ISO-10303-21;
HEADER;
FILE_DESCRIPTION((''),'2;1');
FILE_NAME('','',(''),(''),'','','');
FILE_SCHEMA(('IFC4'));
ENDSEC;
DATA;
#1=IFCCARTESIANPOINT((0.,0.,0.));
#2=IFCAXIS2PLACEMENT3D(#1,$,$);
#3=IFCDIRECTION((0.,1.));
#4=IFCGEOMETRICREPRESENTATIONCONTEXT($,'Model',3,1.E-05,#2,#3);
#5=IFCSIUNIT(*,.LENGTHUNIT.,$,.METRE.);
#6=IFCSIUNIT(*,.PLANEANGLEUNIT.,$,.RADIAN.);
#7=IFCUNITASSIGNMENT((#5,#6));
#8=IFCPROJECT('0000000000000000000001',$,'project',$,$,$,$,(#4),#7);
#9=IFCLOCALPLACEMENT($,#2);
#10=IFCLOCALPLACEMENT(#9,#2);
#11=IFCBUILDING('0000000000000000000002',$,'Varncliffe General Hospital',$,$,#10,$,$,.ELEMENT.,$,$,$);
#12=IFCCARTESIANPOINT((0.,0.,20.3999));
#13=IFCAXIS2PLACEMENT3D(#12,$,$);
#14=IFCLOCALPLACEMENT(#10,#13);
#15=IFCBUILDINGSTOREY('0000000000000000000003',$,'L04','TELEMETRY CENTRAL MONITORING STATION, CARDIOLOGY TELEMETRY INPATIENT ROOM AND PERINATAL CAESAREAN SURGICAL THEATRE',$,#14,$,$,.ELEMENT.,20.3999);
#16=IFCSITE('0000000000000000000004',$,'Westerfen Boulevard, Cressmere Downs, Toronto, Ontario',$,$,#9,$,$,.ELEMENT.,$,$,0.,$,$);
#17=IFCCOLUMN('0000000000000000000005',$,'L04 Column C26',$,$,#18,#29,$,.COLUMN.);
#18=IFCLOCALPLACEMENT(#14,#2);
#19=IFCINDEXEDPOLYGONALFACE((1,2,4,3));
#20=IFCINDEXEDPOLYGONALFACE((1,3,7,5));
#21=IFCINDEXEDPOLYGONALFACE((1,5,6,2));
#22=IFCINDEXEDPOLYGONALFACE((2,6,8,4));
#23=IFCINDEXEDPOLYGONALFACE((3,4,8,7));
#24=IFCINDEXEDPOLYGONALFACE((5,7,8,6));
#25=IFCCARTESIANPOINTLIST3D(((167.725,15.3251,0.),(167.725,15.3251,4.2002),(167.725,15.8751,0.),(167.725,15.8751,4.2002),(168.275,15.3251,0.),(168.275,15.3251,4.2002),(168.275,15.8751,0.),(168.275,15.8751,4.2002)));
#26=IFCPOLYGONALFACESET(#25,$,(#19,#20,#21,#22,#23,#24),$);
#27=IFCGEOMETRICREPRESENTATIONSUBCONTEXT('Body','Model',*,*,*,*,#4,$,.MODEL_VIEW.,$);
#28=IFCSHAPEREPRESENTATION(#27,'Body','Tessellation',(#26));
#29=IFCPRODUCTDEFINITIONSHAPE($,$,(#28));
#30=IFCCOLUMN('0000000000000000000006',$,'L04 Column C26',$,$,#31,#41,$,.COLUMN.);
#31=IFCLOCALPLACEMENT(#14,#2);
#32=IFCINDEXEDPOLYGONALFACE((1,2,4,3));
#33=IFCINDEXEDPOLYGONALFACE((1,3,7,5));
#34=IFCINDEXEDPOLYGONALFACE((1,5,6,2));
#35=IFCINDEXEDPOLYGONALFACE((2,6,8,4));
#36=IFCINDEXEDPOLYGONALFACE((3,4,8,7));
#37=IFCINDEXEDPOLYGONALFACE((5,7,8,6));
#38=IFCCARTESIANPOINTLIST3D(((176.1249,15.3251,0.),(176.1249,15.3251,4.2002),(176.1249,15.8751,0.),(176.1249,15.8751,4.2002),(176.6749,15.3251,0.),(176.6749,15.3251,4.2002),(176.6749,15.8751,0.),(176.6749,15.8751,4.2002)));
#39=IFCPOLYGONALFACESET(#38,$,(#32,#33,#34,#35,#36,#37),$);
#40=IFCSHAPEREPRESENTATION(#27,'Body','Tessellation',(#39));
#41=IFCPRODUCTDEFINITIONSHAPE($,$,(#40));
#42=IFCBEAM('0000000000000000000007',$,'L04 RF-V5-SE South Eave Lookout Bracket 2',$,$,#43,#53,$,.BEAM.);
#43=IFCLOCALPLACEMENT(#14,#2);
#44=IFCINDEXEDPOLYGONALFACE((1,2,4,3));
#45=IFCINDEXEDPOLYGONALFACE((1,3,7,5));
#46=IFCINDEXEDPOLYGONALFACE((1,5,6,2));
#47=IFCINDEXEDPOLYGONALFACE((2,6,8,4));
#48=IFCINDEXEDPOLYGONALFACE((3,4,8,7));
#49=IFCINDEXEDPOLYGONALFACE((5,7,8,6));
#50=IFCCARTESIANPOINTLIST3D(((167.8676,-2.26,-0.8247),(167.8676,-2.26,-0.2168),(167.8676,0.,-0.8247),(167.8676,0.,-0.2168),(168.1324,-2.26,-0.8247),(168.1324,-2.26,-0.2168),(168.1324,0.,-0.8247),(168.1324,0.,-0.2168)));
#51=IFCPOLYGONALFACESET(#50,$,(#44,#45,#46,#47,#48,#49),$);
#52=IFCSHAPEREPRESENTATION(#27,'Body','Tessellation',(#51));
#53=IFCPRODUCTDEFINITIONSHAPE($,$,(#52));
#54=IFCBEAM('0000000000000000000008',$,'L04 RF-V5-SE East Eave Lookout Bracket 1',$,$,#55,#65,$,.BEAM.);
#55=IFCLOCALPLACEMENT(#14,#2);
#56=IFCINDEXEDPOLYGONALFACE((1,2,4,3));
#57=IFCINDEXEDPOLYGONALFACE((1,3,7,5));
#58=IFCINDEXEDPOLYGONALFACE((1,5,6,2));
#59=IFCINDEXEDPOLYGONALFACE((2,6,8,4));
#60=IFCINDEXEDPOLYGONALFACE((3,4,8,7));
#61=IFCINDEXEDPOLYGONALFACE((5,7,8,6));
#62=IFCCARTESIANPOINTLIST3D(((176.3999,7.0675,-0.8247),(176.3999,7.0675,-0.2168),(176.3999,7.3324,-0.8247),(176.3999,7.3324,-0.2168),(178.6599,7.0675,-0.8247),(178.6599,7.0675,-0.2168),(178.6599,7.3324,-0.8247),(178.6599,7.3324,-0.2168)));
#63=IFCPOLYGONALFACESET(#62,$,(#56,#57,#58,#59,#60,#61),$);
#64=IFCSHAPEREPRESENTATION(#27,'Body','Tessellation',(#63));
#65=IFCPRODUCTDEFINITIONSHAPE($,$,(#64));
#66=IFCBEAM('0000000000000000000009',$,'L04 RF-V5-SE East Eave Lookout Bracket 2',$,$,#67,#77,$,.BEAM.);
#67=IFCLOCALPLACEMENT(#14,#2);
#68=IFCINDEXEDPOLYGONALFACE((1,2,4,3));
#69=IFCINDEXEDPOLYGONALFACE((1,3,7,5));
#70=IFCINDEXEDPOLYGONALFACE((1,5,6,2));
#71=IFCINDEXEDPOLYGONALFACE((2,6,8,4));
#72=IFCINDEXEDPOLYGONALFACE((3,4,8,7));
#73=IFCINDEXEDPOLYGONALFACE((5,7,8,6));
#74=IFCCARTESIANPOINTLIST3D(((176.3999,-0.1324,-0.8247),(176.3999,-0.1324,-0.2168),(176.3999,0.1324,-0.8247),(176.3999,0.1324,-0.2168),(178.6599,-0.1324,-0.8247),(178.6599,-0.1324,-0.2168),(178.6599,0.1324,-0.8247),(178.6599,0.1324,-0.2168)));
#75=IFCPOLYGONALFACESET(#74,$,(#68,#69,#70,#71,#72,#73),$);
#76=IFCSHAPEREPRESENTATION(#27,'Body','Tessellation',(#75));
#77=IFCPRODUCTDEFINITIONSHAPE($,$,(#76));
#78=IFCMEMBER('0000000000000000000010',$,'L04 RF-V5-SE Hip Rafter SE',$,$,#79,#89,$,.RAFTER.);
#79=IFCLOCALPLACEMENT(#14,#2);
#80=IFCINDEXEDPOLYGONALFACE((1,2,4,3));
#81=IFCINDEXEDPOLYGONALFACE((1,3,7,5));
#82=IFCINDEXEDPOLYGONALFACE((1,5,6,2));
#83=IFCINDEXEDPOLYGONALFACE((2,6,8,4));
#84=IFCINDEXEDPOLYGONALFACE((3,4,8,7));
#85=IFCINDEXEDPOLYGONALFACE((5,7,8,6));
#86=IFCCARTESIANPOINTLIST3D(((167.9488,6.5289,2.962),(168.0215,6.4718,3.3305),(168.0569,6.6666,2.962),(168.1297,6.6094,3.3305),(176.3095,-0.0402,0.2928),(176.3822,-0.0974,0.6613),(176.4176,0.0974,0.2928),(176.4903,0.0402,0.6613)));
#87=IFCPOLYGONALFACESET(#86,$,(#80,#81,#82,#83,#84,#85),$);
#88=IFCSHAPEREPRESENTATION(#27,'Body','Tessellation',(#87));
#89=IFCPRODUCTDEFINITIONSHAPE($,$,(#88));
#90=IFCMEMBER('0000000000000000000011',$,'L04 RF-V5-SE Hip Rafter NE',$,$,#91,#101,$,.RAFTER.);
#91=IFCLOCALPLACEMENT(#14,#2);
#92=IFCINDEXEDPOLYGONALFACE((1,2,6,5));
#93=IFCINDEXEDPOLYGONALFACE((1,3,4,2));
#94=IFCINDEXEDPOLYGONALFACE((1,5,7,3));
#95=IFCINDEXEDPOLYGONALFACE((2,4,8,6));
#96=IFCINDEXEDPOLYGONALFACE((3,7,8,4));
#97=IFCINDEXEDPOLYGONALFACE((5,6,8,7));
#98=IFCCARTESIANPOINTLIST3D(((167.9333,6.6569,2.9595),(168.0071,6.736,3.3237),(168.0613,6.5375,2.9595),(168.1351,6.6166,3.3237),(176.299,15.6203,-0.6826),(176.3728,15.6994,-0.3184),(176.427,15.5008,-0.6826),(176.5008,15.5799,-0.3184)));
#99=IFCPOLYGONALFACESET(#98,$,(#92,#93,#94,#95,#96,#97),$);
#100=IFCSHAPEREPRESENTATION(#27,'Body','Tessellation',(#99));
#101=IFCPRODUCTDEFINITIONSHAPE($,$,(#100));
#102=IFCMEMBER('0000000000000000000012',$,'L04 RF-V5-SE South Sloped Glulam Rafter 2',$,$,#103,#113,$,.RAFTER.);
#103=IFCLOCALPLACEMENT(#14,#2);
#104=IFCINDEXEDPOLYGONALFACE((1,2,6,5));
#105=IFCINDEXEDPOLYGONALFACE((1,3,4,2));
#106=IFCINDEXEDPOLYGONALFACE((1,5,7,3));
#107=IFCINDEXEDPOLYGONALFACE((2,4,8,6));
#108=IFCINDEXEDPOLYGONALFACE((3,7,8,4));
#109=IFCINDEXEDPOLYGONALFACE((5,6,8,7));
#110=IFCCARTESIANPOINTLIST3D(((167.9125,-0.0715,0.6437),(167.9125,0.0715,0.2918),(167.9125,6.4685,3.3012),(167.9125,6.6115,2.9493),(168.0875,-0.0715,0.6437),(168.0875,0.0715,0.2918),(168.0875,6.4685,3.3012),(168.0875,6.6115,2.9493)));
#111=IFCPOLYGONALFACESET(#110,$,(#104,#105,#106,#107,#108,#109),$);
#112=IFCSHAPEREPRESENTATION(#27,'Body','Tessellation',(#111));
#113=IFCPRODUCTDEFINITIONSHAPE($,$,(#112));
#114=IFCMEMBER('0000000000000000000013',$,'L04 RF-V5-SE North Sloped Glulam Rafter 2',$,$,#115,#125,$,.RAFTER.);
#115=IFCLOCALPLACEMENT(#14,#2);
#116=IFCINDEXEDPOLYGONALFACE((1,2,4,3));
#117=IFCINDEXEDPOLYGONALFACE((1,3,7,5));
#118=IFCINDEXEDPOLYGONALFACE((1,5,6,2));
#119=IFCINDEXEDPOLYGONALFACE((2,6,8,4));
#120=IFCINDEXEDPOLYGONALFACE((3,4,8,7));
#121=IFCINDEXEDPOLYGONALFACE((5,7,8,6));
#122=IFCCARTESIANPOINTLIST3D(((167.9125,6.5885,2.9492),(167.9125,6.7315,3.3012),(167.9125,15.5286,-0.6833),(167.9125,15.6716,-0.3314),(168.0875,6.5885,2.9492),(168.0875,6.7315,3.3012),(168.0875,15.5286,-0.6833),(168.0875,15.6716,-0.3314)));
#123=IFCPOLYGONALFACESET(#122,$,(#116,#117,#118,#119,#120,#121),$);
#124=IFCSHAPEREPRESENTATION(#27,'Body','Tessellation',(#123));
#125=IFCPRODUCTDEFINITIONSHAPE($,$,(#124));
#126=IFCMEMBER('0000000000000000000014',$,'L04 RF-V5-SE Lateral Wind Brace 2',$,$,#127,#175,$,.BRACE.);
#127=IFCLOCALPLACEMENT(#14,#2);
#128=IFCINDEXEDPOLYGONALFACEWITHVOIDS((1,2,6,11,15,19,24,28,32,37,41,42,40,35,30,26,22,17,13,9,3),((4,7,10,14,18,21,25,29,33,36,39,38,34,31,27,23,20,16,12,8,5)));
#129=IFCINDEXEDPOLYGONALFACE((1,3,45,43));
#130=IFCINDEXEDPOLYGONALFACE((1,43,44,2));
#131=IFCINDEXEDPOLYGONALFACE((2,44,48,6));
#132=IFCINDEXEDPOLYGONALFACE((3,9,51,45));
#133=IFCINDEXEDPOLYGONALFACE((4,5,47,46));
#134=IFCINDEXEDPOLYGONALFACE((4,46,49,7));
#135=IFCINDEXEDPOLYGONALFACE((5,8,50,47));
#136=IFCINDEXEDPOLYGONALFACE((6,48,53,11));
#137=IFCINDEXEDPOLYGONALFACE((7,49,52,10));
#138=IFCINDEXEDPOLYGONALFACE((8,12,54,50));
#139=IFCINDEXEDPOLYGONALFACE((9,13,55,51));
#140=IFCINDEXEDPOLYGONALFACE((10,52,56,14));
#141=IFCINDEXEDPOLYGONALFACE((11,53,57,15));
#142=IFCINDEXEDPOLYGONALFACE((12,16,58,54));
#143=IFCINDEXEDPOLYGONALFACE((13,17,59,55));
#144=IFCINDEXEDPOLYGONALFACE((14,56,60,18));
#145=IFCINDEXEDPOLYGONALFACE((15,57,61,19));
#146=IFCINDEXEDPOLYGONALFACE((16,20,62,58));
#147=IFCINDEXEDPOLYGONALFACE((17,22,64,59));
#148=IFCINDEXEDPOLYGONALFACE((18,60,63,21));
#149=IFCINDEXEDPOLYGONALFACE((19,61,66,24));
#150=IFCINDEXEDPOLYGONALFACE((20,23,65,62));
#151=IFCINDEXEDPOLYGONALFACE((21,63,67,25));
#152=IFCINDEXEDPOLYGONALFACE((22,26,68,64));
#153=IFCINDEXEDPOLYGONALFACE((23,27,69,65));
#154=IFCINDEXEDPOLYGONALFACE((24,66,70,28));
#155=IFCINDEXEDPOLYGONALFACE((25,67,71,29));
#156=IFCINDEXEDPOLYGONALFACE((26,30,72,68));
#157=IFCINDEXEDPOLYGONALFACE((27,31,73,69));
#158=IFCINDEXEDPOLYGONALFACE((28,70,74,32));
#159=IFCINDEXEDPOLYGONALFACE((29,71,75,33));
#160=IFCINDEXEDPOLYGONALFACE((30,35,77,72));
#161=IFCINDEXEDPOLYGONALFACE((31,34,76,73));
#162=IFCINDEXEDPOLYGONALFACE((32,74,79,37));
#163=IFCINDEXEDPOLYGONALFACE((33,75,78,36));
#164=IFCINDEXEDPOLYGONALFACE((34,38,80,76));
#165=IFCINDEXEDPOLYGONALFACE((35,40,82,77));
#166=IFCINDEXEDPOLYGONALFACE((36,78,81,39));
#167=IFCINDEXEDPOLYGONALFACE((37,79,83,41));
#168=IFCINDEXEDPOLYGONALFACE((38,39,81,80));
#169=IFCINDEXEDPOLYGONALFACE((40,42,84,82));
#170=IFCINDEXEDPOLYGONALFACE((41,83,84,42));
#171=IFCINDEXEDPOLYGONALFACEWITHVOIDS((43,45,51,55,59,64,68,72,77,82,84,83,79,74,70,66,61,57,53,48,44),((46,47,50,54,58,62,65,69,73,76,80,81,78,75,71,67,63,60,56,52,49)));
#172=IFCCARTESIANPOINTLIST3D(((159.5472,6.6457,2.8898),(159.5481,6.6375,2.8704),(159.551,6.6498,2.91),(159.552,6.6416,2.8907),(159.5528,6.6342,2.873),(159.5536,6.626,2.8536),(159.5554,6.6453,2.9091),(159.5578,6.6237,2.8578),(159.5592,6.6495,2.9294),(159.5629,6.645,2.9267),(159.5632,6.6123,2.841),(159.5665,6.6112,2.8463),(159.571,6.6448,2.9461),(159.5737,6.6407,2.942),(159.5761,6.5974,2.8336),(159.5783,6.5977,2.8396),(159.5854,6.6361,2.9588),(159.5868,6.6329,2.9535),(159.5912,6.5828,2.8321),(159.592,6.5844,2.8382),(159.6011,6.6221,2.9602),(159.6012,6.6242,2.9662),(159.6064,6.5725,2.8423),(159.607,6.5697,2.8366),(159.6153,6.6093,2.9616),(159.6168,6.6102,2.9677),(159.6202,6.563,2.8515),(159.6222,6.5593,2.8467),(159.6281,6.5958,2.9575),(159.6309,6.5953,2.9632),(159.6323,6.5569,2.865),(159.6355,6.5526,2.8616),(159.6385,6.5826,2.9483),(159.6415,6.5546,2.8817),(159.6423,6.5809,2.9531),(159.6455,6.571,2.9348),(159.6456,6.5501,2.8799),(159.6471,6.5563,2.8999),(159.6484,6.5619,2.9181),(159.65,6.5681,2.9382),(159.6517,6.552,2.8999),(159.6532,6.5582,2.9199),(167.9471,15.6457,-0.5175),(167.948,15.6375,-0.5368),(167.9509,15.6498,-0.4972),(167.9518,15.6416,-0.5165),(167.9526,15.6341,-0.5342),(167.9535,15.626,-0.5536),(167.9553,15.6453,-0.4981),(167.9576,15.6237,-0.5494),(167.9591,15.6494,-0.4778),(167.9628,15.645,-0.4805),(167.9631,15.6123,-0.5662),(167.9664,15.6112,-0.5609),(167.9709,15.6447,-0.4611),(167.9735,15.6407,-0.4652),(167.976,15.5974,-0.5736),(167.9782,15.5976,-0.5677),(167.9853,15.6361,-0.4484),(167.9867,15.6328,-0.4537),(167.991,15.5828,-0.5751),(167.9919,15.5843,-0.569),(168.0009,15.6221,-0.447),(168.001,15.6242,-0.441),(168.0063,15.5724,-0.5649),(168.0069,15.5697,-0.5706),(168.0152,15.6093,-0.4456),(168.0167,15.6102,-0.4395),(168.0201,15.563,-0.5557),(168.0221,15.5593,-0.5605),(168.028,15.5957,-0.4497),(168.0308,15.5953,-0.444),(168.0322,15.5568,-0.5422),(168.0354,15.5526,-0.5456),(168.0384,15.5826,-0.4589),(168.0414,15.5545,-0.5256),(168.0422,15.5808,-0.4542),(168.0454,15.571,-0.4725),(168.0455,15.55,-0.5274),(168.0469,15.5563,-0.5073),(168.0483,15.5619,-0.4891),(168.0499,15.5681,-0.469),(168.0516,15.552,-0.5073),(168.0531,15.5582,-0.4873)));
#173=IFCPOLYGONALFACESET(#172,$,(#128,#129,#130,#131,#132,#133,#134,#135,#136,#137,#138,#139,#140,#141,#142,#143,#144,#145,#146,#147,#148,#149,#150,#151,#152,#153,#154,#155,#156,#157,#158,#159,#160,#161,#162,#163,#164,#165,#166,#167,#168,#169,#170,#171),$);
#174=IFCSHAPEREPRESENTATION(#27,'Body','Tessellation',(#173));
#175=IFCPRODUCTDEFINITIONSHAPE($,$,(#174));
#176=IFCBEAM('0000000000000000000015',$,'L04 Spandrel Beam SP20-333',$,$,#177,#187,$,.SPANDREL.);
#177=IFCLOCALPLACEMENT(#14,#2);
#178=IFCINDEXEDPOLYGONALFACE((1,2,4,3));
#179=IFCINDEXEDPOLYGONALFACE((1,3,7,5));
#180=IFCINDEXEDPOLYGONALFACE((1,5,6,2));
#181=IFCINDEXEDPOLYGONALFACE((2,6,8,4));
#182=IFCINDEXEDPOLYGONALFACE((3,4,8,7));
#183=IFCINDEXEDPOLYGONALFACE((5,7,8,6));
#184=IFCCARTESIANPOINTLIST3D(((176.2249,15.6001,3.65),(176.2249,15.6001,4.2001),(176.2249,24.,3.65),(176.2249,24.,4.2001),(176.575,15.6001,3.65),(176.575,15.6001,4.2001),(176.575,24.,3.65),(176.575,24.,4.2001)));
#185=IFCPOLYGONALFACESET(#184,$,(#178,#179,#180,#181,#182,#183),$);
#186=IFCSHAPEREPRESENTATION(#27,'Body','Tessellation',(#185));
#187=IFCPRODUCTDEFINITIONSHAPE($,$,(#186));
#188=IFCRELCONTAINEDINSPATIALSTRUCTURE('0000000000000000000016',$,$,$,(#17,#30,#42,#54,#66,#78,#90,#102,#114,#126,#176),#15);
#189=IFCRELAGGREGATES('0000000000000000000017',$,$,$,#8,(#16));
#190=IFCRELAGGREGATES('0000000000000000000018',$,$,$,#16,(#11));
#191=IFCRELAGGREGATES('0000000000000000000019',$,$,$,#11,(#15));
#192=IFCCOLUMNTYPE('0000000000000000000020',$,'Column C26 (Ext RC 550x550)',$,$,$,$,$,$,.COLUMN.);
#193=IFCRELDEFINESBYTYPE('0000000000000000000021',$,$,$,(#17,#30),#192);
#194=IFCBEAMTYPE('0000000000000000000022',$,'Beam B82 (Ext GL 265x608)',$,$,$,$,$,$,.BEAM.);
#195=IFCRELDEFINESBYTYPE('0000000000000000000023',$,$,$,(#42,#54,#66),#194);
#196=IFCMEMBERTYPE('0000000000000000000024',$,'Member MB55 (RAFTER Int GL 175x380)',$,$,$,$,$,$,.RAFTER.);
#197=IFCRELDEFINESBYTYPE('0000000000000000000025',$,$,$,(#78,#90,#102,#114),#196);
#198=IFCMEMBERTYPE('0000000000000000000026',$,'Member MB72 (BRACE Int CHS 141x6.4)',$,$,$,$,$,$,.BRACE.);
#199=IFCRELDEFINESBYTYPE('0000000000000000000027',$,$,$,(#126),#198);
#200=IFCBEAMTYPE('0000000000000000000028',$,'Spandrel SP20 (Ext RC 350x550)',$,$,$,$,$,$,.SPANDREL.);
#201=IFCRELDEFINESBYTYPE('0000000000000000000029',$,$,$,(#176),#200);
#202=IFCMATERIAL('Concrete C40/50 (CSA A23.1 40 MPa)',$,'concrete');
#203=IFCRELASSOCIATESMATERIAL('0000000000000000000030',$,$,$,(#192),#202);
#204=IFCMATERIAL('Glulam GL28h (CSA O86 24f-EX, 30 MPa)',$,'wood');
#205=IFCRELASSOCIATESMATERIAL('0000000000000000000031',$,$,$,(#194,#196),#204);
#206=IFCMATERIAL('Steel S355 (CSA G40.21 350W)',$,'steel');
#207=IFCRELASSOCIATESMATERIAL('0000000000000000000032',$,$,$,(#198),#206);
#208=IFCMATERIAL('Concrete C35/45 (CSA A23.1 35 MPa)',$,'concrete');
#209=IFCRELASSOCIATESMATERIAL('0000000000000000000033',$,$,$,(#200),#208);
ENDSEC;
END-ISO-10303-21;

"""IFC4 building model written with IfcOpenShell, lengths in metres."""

from ifc_helpers import new_model, si_unit, direction, frame, origin, origin_2d, place, context, subcontext, project, spatial, rectangle, hollow_circle, extrude, material, material_profile, profile_set, type_object, element, save


model = new_model("IFC4")

# Units and contexts
model_context = context("Model", 3, precision=1e-05, world=origin(), true_north=direction((0.0, 1.0)))
body_context = subcontext(model_context, "Body", "Model", "MODEL_VIEW")
ifc_project = project(units=[si_unit("LENGTHUNIT", "METRE"), si_unit("PLANEANGLEUNIT", "RADIAN")], contexts=[model_context])

# Site, building, storey
site_placement = place(None, origin())
site = spatial("IfcSite", under=ifc_project, at=site_placement, Name="Westerfen Boulevard, Cressmere Downs, Toronto, Ontario", CompositionType="ELEMENT", RefElevation=0.0)
building_placement = place(site_placement, origin())
building = spatial("IfcBuilding", under=site, at=building_placement, Name="Varncliffe General Hospital", CompositionType="ELEMENT")
storey_placement = place(building_placement, frame((0.0, 0.0, 20.3999)))
storey = spatial("IfcBuildingStorey", under=building, at=storey_placement, Name="L04", Description="TELEMETRY CENTRAL MONITORING STATION, CARDIOLOGY TELEMETRY INPATIENT ROOM AND PERINATAL CAESAREAN SURGICAL THEATRE", CompositionType="ELEMENT", Elevation=20.3999)

# Columns
ifc_material_1 = material(Name="Concrete C40/50 (CSA A23.1 40 MPa)", Category="concrete")
ifc_material_profile_1 = material_profile(ifc_material_1, rectangle(XDim=0.55, YDim=0.55, at=origin_2d()), Name="RC 550x550")
ifc_profile_set_1 = profile_set([ifc_material_profile_1], Name="Concrete C40/50 (CSA A23.1 40 MPa)")
column_type = type_object("IfcColumnType", Name="Column C26 (Ext RC 550x550)", PredefinedType="COLUMN", material=ifc_profile_set_1)
for number, where, z_axis, x_axis, name in (
    (1, (168.0, 15.6001, 0.0), (0.0, 0.0, 1.0), (1.0, 0.0, 0.0), "L04 Column C26"),
    (2, (176.3999, 15.6001, 0.0), (0.0, 0.0, 1.0), (1.0, 0.0, 0.0), "L04 Column C26"),
):
    element("IfcColumn", number, at=place(storey_placement, frame(where, z_axis=z_axis, x_axis=x_axis)), inside=storey, type_object=column_type, Name=name, PredefinedType="COLUMN", context=body_context, shape_type="SweptSolid", body=[
        extrude(rectangle(XDim=0.55, YDim=0.55, at=origin_2d()), origin(), (0.0, 0.0, 1.0), 4.2002),
    ])

# Beams
ifc_material_2 = material(Name="Glulam GL28h (CSA O86 24f-EX, 30 MPa)", Category="wood")
ifc_material_profile_2 = material_profile(ifc_material_2, rectangle(XDim=0.2649, YDim=0.6079, at=origin_2d()), Name="GL 265x608")
ifc_profile_set_2 = profile_set([ifc_material_profile_2], Name="Glulam GL28h (CSA O86 24f-EX, 30 MPa)")
beam_type_1 = type_object("IfcBeamType", Name="Beam B82 (Ext GL 265x608)", PredefinedType="BEAM", material=ifc_profile_set_2)
for number, where, z_axis, x_axis, name in (
    (3, (168.0, -2.26, -0.5208), (0.0, 1.0, 0.0), (-1.0, 0.0, 0.0), "L04 RF-V5-SE South Eave Lookout Bracket 2"),
    (4, (176.3999, 7.2, -0.5208), (1.0, 0.0, 0.0), (0.0, 1.0, 0.0), "L04 RF-V5-SE East Eave Lookout Bracket 1"),
    (5, (176.3999, 0.0, -0.5208), (1.0, 0.0, 0.0), (0.0, 1.0, 0.0), "L04 RF-V5-SE East Eave Lookout Bracket 2"),
):
    element("IfcBeam", number, at=place(storey_placement, frame(where, z_axis=z_axis, x_axis=x_axis)), inside=storey, type_object=beam_type_1, Name=name, PredefinedType="BEAM", context=body_context, shape_type="SweptSolid", body=[
        extrude(rectangle(XDim=0.2649, YDim=0.6079, at=origin_2d()), origin(), (0.0, 0.0, 1.0), 2.26),
    ])

# Members
ifc_material_profile_3 = material_profile(ifc_material_2, rectangle(XDim=0.175, YDim=0.3799, at=origin_2d()), Name="GL 175x380")
ifc_profile_set_3 = profile_set([ifc_material_profile_3], Name="Glulam GL28h (CSA O86 24f-EX, 30 MPa)")
member_type_1 = type_object("IfcMemberType", Name="Member MB55 (RAFTER Int GL 175x380)", PredefinedType="RAFTER", material=ifc_profile_set_3)
member_1_placement = place(storey_placement, frame((176.3999, 0.0, 0.4771), z_axis=(-0.762652, 0.599231, 0.243483), x_axis=(-0.617825, -0.786316, 0.0)))
element("IfcMember", 6, at=member_1_placement, inside=storey, type_object=member_type_1, Name="L04 RF-V5-SE Hip Rafter SE", PredefinedType="RAFTER", context=body_context, shape_type="SweptSolid", body=[
    extrude(rectangle(XDim=0.175, YDim=0.3799, at=origin_2d()), origin(), (0.0, 0.0, 1.0), 10.9626),
])
member_2_placement = place(storey_placement, frame((176.3999, 15.6001, -0.5005), z_axis=(-0.654067, -0.700794, 0.284754), x_axis=(0.731059, -0.682314, 0.0)))
element("IfcMember", 7, at=member_2_placement, inside=storey, type_object=member_type_1, Name="L04 RF-V5-SE Hip Rafter NE", PredefinedType="RAFTER", context=body_context, shape_type="SweptSolid", body=[
    extrude(rectangle(XDim=0.175, YDim=0.3799, at=origin_2d()), origin(), (0.0, 0.0, 1.0), 12.7903),
])
member_3_placement = place(storey_placement, frame((168.0, 0.0, 0.4678), z_axis=(0.0, 0.926438, 0.376448), x_axis=(-1.0, 0.0, 0.0)))
element("IfcMember", 8, at=member_3_placement, inside=storey, type_object=member_type_1, Name="L04 RF-V5-SE South Sloped Glulam Rafter 2", PredefinedType="RAFTER", context=body_context, shape_type="SweptSolid", body=[
    extrude(rectangle(XDim=0.175, YDim=0.3799, at=origin_2d()), origin(), (0.0, 0.0, 1.0), 7.0593),
])
member_4_placement = place(storey_placement, frame((168.0, 15.6001, -0.5073), z_axis=(0.0, -0.926444, 0.376432), x_axis=(1.0, 0.0, 0.0)))
element("IfcMember", 9, at=member_4_placement, inside=storey, type_object=member_type_1, Name="L04 RF-V5-SE North Sloped Glulam Rafter 2", PredefinedType="RAFTER", context=body_context, shape_type="SweptSolid", body=[
    extrude(rectangle(XDim=0.175, YDim=0.3799, at=origin_2d()), origin(), (0.0, 0.0, 1.0), 9.6499),
])
ifc_material_3 = material(Name="Steel S355 (CSA G40.21 350W)", Category="steel")
ifc_material_profile_4 = material_profile(ifc_material_3, hollow_circle(Radius=0.0706, WallThickness=0.0063, at=origin_2d()), Name="CHS 141x6.4")
ifc_profile_set_4 = profile_set([ifc_material_profile_4], Name="Steel S355 (CSA G40.21 350W)")
member_type_2 = type_object("IfcMemberType", Name="Member MB72 (BRACE Int CHS 141x6.4)", PredefinedType="BRACE", material=ifc_profile_set_4)
member_5_placement = place(storey_placement, frame((168.0, 15.6001, -0.5073), z_axis=(-0.657593, -0.704572, 0.266738), x_axis=(0.731059, -0.682314, 0.0)))
element("IfcMember", 10, at=member_5_placement, inside=storey, type_object=member_type_2, Name="L04 RF-V5-SE Lateral Wind Brace 2", PredefinedType="BRACE", context=body_context, shape_type="SweptSolid", body=[
    extrude(hollow_circle(Radius=0.0706, WallThickness=0.0063, at=origin_2d()), origin(), (0.0, 0.0, 1.0), 12.7737),
])

# Beam
ifc_material_4 = material(Name="Concrete C35/45 (CSA A23.1 35 MPa)", Category="concrete")
ifc_material_profile_5 = material_profile(ifc_material_4, rectangle(XDim=0.3501, YDim=0.55, at=origin_2d()), Name="RC 350x550")
ifc_profile_set_5 = profile_set([ifc_material_profile_5], Name="Concrete C35/45 (CSA A23.1 35 MPa)")
beam_type_2 = type_object("IfcBeamType", Name="Spandrel SP20 (Ext RC 350x550)", PredefinedType="SPANDREL", material=ifc_profile_set_5)
beam_1_placement = place(storey_placement, frame((176.3999, 15.6001, 3.925), z_axis=(0.0, 1.0, 0.0), x_axis=(-1.0, 0.0, 0.0)))
element("IfcBeam", 11, at=beam_1_placement, inside=storey, type_object=beam_type_2, Name="L04 Spandrel Beam SP20-333", PredefinedType="SPANDREL", context=body_context, shape_type="SweptSolid", body=[
    extrude(rectangle(XDim=0.3501, YDim=0.55, at=origin_2d()), origin(), (0.0, 0.0, 1.0), 8.3999),
])

save(model, "model.ifc")
